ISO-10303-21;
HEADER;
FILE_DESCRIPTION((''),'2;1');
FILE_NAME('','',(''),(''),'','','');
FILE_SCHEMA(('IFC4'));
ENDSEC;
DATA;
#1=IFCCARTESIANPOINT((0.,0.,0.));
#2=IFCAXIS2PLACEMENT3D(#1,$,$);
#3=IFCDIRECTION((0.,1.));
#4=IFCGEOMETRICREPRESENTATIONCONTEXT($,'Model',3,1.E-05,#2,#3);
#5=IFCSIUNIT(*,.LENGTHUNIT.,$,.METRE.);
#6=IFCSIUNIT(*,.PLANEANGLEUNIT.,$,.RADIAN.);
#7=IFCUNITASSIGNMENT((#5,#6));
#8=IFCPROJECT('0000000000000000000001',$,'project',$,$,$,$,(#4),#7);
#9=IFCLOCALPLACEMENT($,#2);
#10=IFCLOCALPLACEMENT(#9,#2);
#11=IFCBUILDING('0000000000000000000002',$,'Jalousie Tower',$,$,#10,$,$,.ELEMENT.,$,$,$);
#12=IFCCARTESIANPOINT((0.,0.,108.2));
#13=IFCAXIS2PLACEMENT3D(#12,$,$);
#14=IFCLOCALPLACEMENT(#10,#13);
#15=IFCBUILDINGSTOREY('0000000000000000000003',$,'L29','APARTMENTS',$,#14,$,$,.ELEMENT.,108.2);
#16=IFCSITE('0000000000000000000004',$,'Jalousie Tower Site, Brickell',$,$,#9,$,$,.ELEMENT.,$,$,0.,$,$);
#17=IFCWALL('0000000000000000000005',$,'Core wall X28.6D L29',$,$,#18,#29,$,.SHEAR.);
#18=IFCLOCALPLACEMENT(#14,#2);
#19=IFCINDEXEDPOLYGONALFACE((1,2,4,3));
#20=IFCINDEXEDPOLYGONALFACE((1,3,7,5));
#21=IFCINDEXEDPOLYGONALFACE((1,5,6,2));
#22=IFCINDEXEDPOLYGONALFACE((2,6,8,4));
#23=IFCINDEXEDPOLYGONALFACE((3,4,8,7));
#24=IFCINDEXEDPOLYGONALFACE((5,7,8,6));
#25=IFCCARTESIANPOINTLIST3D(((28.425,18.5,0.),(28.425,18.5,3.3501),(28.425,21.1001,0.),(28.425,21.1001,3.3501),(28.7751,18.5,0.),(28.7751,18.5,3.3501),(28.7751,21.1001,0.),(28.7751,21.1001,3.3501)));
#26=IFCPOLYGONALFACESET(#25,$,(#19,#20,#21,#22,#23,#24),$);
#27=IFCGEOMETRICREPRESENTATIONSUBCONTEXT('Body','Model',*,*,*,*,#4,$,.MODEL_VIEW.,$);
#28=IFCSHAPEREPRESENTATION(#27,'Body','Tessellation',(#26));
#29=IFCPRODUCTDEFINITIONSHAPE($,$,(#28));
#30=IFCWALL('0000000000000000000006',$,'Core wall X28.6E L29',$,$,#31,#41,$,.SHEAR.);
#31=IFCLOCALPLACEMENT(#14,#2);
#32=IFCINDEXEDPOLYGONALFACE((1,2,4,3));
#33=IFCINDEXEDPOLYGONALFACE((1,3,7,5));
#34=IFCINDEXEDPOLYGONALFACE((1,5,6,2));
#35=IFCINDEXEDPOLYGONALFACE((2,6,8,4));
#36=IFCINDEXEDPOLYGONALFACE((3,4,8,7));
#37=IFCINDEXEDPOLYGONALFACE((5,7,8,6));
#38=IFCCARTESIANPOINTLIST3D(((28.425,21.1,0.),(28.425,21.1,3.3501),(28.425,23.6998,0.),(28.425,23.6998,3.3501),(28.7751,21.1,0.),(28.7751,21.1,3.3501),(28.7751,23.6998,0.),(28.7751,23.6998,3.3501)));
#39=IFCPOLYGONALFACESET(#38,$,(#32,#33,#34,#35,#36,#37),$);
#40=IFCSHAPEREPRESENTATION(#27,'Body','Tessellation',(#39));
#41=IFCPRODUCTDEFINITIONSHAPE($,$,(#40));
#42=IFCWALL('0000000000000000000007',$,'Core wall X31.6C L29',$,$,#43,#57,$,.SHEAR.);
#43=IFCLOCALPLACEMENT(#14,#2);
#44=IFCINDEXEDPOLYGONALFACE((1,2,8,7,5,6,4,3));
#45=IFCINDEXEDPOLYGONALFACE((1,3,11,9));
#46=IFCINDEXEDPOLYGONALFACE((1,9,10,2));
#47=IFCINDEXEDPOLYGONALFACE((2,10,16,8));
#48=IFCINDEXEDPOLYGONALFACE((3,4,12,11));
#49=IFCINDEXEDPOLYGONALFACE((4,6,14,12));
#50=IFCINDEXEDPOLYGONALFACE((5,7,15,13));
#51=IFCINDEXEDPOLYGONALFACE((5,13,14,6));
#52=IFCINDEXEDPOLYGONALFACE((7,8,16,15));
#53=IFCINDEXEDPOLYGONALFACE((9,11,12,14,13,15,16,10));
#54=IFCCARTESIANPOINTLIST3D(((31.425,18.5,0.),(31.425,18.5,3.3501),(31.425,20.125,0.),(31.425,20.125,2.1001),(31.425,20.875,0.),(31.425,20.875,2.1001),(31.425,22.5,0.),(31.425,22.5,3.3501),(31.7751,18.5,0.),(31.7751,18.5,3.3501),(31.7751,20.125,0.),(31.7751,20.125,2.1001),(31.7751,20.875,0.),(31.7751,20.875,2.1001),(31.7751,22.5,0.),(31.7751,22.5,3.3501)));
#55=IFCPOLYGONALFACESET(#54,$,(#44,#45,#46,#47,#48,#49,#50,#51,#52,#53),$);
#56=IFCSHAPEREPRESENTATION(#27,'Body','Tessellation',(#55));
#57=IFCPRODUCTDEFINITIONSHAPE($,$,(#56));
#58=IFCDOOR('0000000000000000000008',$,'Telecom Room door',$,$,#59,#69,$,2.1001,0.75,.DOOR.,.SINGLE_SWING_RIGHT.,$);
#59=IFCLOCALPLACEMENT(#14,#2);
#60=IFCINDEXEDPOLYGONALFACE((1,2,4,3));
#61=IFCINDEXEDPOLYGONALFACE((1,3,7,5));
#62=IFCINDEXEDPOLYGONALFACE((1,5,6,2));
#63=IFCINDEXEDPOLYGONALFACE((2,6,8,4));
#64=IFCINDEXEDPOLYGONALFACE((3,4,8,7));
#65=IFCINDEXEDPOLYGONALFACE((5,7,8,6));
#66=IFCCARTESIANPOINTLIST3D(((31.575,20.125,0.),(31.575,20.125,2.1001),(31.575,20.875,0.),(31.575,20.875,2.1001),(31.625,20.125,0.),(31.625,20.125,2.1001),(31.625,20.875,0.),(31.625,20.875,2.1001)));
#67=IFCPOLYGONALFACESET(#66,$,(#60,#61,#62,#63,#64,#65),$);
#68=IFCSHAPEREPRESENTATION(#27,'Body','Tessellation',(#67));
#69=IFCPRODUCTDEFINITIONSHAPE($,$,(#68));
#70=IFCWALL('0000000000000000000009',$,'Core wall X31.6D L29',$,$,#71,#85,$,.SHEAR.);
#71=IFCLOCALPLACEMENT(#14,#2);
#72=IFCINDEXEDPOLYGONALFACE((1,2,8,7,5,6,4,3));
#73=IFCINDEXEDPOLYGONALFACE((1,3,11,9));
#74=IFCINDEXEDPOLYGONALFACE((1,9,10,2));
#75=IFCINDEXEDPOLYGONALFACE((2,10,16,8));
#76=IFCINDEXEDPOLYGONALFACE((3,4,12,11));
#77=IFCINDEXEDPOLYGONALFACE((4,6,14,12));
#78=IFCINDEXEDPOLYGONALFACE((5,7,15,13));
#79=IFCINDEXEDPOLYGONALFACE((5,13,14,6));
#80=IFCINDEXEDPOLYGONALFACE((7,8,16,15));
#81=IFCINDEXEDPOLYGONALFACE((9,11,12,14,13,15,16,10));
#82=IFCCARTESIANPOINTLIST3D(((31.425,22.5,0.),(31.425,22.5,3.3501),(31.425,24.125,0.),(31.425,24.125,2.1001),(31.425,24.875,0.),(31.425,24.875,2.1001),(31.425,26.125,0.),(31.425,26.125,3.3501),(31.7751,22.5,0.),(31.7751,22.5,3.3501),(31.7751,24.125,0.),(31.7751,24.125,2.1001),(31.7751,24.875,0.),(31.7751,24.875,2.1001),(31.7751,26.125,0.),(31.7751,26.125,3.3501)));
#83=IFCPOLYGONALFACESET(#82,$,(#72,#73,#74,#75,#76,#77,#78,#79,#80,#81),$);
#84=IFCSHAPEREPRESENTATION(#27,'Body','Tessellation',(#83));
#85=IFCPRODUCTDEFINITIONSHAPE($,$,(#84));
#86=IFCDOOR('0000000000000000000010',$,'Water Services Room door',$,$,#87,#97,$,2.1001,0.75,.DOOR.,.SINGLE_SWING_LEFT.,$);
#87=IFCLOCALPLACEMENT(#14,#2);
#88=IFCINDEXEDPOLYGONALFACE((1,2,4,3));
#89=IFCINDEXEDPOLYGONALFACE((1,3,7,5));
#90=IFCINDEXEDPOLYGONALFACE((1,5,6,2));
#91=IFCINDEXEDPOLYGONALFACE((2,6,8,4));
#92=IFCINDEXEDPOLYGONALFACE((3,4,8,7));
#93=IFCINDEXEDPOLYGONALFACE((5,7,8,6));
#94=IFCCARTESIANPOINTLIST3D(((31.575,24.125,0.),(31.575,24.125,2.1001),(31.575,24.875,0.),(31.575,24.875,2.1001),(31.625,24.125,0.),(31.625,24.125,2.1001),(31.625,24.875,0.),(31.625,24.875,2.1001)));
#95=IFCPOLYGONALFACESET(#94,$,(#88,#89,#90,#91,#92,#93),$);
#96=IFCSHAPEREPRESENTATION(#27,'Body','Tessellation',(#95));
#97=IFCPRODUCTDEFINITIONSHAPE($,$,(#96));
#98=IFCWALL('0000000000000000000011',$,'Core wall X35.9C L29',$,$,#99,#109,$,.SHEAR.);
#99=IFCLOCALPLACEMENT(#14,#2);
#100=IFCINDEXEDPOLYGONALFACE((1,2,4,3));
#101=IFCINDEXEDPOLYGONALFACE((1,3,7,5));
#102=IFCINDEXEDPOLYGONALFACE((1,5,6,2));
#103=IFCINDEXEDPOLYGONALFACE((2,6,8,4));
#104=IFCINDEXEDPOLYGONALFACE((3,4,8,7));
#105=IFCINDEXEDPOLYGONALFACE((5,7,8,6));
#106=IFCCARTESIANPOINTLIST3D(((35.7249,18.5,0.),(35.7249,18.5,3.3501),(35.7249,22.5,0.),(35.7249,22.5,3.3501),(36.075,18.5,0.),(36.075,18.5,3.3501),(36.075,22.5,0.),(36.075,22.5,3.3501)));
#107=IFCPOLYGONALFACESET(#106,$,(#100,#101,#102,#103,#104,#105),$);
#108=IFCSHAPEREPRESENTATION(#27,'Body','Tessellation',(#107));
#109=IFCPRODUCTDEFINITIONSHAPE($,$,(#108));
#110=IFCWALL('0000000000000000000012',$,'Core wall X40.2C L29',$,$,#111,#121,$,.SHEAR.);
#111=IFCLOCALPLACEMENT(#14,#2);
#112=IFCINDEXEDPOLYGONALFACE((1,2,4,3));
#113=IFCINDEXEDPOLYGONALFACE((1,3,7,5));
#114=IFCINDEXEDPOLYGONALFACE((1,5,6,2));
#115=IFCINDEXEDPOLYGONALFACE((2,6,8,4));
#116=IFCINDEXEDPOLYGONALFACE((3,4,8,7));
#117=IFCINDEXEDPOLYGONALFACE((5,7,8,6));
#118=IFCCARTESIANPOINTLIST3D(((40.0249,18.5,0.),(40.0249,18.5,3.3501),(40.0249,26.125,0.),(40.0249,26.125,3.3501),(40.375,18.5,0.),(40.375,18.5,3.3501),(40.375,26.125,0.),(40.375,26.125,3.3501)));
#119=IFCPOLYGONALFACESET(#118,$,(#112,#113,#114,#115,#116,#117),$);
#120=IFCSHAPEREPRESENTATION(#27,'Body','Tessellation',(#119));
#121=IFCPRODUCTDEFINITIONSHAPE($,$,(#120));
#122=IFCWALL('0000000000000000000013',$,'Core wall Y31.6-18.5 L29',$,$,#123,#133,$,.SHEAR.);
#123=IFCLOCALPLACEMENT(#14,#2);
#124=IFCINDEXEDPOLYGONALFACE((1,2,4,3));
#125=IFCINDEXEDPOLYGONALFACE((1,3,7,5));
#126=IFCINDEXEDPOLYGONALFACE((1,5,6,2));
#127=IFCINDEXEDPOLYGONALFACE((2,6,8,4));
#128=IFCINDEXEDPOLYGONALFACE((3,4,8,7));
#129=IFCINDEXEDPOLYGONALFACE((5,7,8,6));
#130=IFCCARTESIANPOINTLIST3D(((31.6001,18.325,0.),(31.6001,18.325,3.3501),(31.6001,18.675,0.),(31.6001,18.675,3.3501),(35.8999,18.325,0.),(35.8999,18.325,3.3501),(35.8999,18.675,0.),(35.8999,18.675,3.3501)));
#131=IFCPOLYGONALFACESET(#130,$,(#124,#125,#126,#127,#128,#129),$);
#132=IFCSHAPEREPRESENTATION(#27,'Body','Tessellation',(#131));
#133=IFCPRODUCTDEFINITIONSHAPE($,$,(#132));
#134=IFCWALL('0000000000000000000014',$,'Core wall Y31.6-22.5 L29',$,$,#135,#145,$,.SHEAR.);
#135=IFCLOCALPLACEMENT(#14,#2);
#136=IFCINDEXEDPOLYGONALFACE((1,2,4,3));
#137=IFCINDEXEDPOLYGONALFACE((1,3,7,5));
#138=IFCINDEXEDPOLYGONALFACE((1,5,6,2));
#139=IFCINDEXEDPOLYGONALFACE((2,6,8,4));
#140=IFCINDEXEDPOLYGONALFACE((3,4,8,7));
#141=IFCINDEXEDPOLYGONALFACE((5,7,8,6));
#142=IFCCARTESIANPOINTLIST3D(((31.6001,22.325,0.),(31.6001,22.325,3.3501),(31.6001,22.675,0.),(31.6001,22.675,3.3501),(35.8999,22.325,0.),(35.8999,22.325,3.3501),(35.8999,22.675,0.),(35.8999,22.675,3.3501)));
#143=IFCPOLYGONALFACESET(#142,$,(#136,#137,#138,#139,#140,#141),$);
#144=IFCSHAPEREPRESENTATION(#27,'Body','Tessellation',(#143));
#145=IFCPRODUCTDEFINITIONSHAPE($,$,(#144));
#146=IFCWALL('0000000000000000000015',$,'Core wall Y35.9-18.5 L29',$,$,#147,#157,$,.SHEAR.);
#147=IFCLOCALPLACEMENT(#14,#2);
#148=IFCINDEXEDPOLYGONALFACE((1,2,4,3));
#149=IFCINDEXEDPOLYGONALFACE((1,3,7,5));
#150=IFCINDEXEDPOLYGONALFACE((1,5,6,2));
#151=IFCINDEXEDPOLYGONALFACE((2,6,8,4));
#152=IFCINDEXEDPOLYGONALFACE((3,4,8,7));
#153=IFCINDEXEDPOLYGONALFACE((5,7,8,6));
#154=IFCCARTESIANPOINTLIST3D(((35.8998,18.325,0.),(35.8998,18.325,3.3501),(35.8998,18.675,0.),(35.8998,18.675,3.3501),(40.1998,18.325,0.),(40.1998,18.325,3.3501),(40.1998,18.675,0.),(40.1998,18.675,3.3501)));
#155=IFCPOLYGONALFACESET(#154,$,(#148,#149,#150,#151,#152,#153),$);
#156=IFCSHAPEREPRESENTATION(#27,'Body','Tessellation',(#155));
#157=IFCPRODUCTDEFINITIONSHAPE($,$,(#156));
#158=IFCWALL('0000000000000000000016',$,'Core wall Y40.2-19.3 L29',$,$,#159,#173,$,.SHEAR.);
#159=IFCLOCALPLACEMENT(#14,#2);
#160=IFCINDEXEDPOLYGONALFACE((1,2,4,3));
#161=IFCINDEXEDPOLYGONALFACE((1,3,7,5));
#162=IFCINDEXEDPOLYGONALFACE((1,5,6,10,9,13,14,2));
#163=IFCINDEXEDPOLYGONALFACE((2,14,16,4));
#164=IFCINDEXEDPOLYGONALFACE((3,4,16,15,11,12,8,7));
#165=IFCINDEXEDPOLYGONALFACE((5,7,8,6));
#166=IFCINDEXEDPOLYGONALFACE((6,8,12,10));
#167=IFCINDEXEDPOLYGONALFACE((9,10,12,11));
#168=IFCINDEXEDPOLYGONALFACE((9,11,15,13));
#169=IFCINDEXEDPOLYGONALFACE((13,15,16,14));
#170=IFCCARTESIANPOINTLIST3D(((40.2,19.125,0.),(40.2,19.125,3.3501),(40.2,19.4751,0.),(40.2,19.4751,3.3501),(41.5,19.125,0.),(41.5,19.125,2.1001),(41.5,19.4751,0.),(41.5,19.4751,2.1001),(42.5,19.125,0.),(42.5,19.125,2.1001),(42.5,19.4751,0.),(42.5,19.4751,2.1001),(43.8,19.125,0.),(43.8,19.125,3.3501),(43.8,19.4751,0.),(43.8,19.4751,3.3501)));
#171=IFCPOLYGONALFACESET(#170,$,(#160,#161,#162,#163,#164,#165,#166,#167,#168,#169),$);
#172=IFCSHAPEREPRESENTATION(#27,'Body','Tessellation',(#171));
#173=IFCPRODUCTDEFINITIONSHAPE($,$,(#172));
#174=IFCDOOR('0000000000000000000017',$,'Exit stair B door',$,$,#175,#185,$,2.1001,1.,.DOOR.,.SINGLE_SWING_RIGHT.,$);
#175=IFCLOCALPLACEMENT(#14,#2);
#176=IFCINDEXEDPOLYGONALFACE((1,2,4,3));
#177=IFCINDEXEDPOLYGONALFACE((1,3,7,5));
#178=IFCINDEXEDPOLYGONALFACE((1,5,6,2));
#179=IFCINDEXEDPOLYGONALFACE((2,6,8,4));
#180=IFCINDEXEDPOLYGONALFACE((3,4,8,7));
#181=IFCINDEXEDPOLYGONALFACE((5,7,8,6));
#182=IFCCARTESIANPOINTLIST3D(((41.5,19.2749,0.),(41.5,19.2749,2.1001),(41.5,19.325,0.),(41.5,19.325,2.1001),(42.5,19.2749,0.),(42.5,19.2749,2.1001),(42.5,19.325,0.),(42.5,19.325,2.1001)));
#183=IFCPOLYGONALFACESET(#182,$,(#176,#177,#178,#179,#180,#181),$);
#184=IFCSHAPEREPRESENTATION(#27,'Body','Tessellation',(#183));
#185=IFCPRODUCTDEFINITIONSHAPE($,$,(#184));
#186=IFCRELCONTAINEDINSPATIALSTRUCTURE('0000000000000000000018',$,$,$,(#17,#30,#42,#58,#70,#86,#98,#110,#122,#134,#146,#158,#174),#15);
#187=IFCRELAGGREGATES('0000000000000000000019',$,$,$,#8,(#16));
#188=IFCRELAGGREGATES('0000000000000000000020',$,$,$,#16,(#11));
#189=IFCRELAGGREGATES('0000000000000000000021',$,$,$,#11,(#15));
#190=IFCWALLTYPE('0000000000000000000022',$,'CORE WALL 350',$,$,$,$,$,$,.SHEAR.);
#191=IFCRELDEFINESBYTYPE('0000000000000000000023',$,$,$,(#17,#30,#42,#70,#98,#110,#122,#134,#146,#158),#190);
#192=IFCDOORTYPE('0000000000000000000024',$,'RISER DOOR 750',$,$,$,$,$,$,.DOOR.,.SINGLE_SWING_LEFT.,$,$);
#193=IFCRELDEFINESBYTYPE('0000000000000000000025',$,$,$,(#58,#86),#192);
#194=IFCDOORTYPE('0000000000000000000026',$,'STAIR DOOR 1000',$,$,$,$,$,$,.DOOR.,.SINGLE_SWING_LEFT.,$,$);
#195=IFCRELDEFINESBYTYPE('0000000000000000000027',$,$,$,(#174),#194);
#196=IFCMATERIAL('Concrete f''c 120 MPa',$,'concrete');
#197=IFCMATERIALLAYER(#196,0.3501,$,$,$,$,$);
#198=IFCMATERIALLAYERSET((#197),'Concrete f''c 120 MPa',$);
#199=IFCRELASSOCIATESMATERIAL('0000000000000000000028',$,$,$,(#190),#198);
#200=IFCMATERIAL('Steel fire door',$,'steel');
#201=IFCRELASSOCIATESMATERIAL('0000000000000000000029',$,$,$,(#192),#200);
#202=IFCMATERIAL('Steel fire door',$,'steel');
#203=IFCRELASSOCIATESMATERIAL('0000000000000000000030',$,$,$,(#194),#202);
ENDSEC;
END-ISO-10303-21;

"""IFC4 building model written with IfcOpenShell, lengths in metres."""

from ifc_helpers import new_model, si_unit, direction, frame, frame_2d, origin, place, context, subcontext, project, spatial, rectangle, extrude, material, layer, layer_set, type_object, element, fill, save


model = new_model("IFC4")

# Units and contexts
model_context = context("Model", 3, precision=1e-05, world=origin(), true_north=direction((0.0, 1.0)))
body_context = subcontext(model_context, "Body", "Model", "MODEL_VIEW")
ifc_project = project(units=[si_unit("LENGTHUNIT", "METRE"), si_unit("PLANEANGLEUNIT", "RADIAN")], contexts=[model_context])

# Site, building, storey
site_placement = place(None, origin())
site = spatial("IfcSite", under=ifc_project, at=site_placement, Name="Jalousie Tower Site, Brickell", CompositionType="ELEMENT", RefElevation=0.0)
building_placement = place(site_placement, origin())
building = spatial("IfcBuilding", under=site, at=building_placement, Name="Jalousie Tower", CompositionType="ELEMENT")
storey_placement = place(building_placement, frame((0.0, 0.0, 108.2)))
storey = spatial("IfcBuildingStorey", under=building, at=storey_placement, Name="L29", Description="APARTMENTS", CompositionType="ELEMENT", Elevation=108.2)

# Walls
ifc_material_1 = material(Name="Concrete f'c 120 MPa", Category="concrete")
ifc_layer = layer(ifc_material_1, 0.3501)
ifc_layer_set = layer_set([ifc_layer], Name="Concrete f'c 120 MPa")
wall_type_1 = type_object("IfcWallType", Name="CORE WALL 350", PredefinedType="SHEAR", material=ifc_layer_set)
wall_1_placement = place(storey_placement, frame((28.6001, 18.5, 0.0), z_axis=(0.0, 0.0, 1.0), x_axis=(0.0, 1.0, 0.0)))
element("IfcWall", 1, at=wall_1_placement, inside=storey, type_object=wall_type_1, Name="Core wall X28.6D L29", PredefinedType="SHEAR", context=body_context, shape_type="SweptSolid", body=[
    extrude(rectangle(XDim=2.6001, YDim=0.3501, at=frame_2d((1.3, 0.0))), origin(), (0.0, 0.0, 1.0), 3.3501),
])
wall_2_placement = place(storey_placement, frame((28.6001, 21.1001, 0.0), z_axis=(0.0, 0.0, 1.0), x_axis=(0.0, 1.0, 0.0)))
element("IfcWall", 2, at=wall_2_placement, inside=storey, type_object=wall_type_1, Name="Core wall X28.6E L29", PredefinedType="SHEAR", context=body_context, shape_type="SweptSolid", body=[
    extrude(rectangle(XDim=2.5999, YDim=0.3501, at=frame_2d((1.2998, 0.0))), origin(), (0.0, 0.0, 1.0), 3.3501),
])

# Walls, openings, doors
wall_3_placement = place(storey_placement, frame((31.6001, 18.5, 0.0), z_axis=(0.0, 0.0, 1.0), x_axis=(0.0, 1.0, 0.0)))
wall_3 = element("IfcWall", 3, at=wall_3_placement, inside=storey, type_object=wall_type_1, Name="Core wall X31.6C L29", PredefinedType="SHEAR", context=body_context, shape_type="SweptSolid", body=[
    extrude(rectangle(XDim=4.0, YDim=0.3501, at=frame_2d((2.0, 0.0))), origin(), (0.0, 0.0, 1.0), 3.3501),
])
opening_1_placement = place(wall_3_placement, frame((1.625, 0.0, 0.0)))
opening_1 = element("IfcOpeningElement", 4, at=opening_1_placement, cuts=wall_3, PredefinedType="OPENING", context=body_context, shape_type="SweptSolid", body=[
    extrude(rectangle(XDim=0.75, YDim=2.1001, at=frame_2d((0.375, 1.05))), frame((0.0, 0.1851, 0.0), z_axis=(0.0, -1.0, 0.0), x_axis=(1.0, 0.0, 0.0)), (0.0, 0.0, 1.0), 0.3701),
])
ifc_material_2 = material(Name="Steel fire door", Category="steel")
door_type_1 = type_object("IfcDoorType", Name="RISER DOOR 750", OperationType="SINGLE_SWING_LEFT", PredefinedType="DOOR", material=ifc_material_2)
door_1_placement = place(opening_1_placement, frame((0.75, 0.0, 0.0), z_axis=(0.0, 0.0, 1.0), x_axis=(-1.0, 0.0, 0.0)))
door_1 = element("IfcDoor", 5, at=door_1_placement, inside=storey, type_object=door_type_1, Name="Telecom Room door", OperationType="SINGLE_SWING_RIGHT", OverallHeight=2.1001, OverallWidth=0.75, PredefinedType="DOOR", context=body_context, shape_type="SweptSolid", body=[
    extrude(rectangle(XDim=0.75, YDim=2.1001, at=frame_2d((0.375, 1.05))), frame((0.0, 0.0249, 0.0), z_axis=(0.0, -1.0, 0.0), x_axis=(1.0, 0.0, 0.0)), (0.0, 0.0, 1.0), 0.05),
])
fill(opening_1, door_1)
wall_4_placement = place(storey_placement, frame((31.6001, 22.5, 0.0), z_axis=(0.0, 0.0, 1.0), x_axis=(0.0, 1.0, 0.0)))
wall_4 = element("IfcWall", 6, at=wall_4_placement, inside=storey, type_object=wall_type_1, Name="Core wall X31.6D L29", PredefinedType="SHEAR", context=body_context, shape_type="SweptSolid", body=[
    extrude(rectangle(XDim=3.625, YDim=0.3501, at=frame_2d((1.8125, 0.0))), origin(), (0.0, 0.0, 1.0), 3.3501),
])
opening_2_placement = place(wall_4_placement, frame((1.625, 0.0, 0.0)))
opening_2 = element("IfcOpeningElement", 7, at=opening_2_placement, cuts=wall_4, PredefinedType="OPENING", context=body_context, shape_type="SweptSolid", body=[
    extrude(rectangle(XDim=0.75, YDim=2.1001, at=frame_2d((0.375, 1.05))), frame((0.0, 0.1851, 0.0), z_axis=(0.0, -1.0, 0.0), x_axis=(1.0, 0.0, 0.0)), (0.0, 0.0, 1.0), 0.3701),
])
door_2_placement = place(opening_2_placement, frame((0.75, 0.0, 0.0), z_axis=(0.0, 0.0, 1.0), x_axis=(-1.0, 0.0, 0.0)))
door_2 = element("IfcDoor", 8, at=door_2_placement, inside=storey, type_object=door_type_1, Name="Water Services Room door", OperationType="SINGLE_SWING_LEFT", OverallHeight=2.1001, OverallWidth=0.75, PredefinedType="DOOR", context=body_context, shape_type="SweptSolid", body=[
    extrude(rectangle(XDim=0.75, YDim=2.1001, at=frame_2d((0.375, 1.05))), frame((0.0, 0.0249, 0.0), z_axis=(0.0, -1.0, 0.0), x_axis=(1.0, 0.0, 0.0)), (0.0, 0.0, 1.0), 0.05),
])
fill(opening_2, door_2)

# Walls
wall_5_placement = place(storey_placement, frame((35.8999, 18.5, 0.0), z_axis=(0.0, 0.0, 1.0), x_axis=(0.0, 1.0, 0.0)))
element("IfcWall", 9, at=wall_5_placement, inside=storey, type_object=wall_type_1, Name="Core wall X35.9C L29", PredefinedType="SHEAR", context=body_context, shape_type="SweptSolid", body=[
    extrude(rectangle(XDim=4.0, YDim=0.3501, at=frame_2d((2.0, 0.0))), origin(), (0.0, 0.0, 1.0), 3.3501),
])
wall_6_placement = place(storey_placement, frame((40.2, 18.5, 0.0), z_axis=(0.0, 0.0, 1.0), x_axis=(0.0, 1.0, 0.0)))
element("IfcWall", 10, at=wall_6_placement, inside=storey, type_object=wall_type_1, Name="Core wall X40.2C L29", PredefinedType="SHEAR", context=body_context, shape_type="SweptSolid", body=[
    extrude(rectangle(XDim=7.625, YDim=0.3501, at=frame_2d((3.8125, 0.0))), origin(), (0.0, 0.0, 1.0), 3.3501),
])
for number, where, z_axis, x_axis, name in (
    (11, (31.6001, 18.5, 0.0), (0.0, 0.0, 1.0), (1.0, 0.0, 0.0), "Core wall Y31.6-18.5 L29"),
    (12, (31.6001, 22.5, 0.0), (0.0, 0.0, 1.0), (1.0, 0.0, 0.0), "Core wall Y31.6-22.5 L29"),
):
    element("IfcWall", number, at=place(storey_placement, frame(where, z_axis=z_axis, x_axis=x_axis)), inside=storey, type_object=wall_type_1, Name=name, PredefinedType="SHEAR", context=body_context, shape_type="SweptSolid", body=[
        extrude(rectangle(XDim=4.2998, YDim=0.3501, at=frame_2d((2.1499, 0.0))), origin(), (0.0, 0.0, 1.0), 3.3501),
    ])
wall_7_placement = place(storey_placement, frame((35.8999, 18.5, 0.0), z_axis=(0.0, 0.0, 1.0), x_axis=(1.0, 0.0, 0.0)))
element("IfcWall", 13, at=wall_7_placement, inside=storey, type_object=wall_type_1, Name="Core wall Y35.9-18.5 L29", PredefinedType="SHEAR", context=body_context, shape_type="SweptSolid", body=[
    extrude(rectangle(XDim=4.3, YDim=0.3501, at=frame_2d((2.1499, 0.0))), origin(), (0.0, 0.0, 1.0), 3.3501),
])

# Wall, opening, door
wall_8_placement = place(storey_placement, frame((40.2, 19.3, 0.0), z_axis=(0.0, 0.0, 1.0), x_axis=(1.0, 0.0, 0.0)))
wall_8 = element("IfcWall", 14, at=wall_8_placement, inside=storey, type_object=wall_type_1, Name="Core wall Y40.2-19.3 L29", PredefinedType="SHEAR", context=body_context, shape_type="SweptSolid", body=[
    extrude(rectangle(XDim=3.6001, YDim=0.3501, at=frame_2d((1.8, 0.0))), origin(), (0.0, 0.0, 1.0), 3.3501),
])
opening_3_placement = place(wall_8_placement, frame((1.3, 0.0, 0.0)))
opening_3 = element("IfcOpeningElement", 15, at=opening_3_placement, cuts=wall_8, PredefinedType="OPENING", context=body_context, shape_type="SweptSolid", body=[
    extrude(rectangle(XDim=1.0, YDim=2.1001, at=frame_2d((0.5, 1.05))), frame((0.0, 0.1851, 0.0), z_axis=(0.0, -1.0, 0.0), x_axis=(1.0, 0.0, 0.0)), (0.0, 0.0, 1.0), 0.3701),
])
ifc_material_3 = material(Name="Steel fire door", Category="steel")
door_type_2 = type_object("IfcDoorType", Name="STAIR DOOR 1000", OperationType="SINGLE_SWING_LEFT", PredefinedType="DOOR", material=ifc_material_3)
door_3_placement = place(opening_3_placement, origin())
door_3 = element("IfcDoor", 16, at=door_3_placement, inside=storey, type_object=door_type_2, Name="Exit stair B door", OperationType="SINGLE_SWING_RIGHT", OverallHeight=2.1001, OverallWidth=1.0, PredefinedType="DOOR", context=body_context, shape_type="SweptSolid", body=[
    extrude(rectangle(XDim=1.0, YDim=2.1001, at=frame_2d((0.5, 1.05))), frame((0.0, 0.0249, 0.0), z_axis=(0.0, -1.0, 0.0), x_axis=(1.0, 0.0, 0.0)), (0.0, 0.0, 1.0), 0.05),
])
fill(opening_3, door_3)

save(model, "model.ifc")
